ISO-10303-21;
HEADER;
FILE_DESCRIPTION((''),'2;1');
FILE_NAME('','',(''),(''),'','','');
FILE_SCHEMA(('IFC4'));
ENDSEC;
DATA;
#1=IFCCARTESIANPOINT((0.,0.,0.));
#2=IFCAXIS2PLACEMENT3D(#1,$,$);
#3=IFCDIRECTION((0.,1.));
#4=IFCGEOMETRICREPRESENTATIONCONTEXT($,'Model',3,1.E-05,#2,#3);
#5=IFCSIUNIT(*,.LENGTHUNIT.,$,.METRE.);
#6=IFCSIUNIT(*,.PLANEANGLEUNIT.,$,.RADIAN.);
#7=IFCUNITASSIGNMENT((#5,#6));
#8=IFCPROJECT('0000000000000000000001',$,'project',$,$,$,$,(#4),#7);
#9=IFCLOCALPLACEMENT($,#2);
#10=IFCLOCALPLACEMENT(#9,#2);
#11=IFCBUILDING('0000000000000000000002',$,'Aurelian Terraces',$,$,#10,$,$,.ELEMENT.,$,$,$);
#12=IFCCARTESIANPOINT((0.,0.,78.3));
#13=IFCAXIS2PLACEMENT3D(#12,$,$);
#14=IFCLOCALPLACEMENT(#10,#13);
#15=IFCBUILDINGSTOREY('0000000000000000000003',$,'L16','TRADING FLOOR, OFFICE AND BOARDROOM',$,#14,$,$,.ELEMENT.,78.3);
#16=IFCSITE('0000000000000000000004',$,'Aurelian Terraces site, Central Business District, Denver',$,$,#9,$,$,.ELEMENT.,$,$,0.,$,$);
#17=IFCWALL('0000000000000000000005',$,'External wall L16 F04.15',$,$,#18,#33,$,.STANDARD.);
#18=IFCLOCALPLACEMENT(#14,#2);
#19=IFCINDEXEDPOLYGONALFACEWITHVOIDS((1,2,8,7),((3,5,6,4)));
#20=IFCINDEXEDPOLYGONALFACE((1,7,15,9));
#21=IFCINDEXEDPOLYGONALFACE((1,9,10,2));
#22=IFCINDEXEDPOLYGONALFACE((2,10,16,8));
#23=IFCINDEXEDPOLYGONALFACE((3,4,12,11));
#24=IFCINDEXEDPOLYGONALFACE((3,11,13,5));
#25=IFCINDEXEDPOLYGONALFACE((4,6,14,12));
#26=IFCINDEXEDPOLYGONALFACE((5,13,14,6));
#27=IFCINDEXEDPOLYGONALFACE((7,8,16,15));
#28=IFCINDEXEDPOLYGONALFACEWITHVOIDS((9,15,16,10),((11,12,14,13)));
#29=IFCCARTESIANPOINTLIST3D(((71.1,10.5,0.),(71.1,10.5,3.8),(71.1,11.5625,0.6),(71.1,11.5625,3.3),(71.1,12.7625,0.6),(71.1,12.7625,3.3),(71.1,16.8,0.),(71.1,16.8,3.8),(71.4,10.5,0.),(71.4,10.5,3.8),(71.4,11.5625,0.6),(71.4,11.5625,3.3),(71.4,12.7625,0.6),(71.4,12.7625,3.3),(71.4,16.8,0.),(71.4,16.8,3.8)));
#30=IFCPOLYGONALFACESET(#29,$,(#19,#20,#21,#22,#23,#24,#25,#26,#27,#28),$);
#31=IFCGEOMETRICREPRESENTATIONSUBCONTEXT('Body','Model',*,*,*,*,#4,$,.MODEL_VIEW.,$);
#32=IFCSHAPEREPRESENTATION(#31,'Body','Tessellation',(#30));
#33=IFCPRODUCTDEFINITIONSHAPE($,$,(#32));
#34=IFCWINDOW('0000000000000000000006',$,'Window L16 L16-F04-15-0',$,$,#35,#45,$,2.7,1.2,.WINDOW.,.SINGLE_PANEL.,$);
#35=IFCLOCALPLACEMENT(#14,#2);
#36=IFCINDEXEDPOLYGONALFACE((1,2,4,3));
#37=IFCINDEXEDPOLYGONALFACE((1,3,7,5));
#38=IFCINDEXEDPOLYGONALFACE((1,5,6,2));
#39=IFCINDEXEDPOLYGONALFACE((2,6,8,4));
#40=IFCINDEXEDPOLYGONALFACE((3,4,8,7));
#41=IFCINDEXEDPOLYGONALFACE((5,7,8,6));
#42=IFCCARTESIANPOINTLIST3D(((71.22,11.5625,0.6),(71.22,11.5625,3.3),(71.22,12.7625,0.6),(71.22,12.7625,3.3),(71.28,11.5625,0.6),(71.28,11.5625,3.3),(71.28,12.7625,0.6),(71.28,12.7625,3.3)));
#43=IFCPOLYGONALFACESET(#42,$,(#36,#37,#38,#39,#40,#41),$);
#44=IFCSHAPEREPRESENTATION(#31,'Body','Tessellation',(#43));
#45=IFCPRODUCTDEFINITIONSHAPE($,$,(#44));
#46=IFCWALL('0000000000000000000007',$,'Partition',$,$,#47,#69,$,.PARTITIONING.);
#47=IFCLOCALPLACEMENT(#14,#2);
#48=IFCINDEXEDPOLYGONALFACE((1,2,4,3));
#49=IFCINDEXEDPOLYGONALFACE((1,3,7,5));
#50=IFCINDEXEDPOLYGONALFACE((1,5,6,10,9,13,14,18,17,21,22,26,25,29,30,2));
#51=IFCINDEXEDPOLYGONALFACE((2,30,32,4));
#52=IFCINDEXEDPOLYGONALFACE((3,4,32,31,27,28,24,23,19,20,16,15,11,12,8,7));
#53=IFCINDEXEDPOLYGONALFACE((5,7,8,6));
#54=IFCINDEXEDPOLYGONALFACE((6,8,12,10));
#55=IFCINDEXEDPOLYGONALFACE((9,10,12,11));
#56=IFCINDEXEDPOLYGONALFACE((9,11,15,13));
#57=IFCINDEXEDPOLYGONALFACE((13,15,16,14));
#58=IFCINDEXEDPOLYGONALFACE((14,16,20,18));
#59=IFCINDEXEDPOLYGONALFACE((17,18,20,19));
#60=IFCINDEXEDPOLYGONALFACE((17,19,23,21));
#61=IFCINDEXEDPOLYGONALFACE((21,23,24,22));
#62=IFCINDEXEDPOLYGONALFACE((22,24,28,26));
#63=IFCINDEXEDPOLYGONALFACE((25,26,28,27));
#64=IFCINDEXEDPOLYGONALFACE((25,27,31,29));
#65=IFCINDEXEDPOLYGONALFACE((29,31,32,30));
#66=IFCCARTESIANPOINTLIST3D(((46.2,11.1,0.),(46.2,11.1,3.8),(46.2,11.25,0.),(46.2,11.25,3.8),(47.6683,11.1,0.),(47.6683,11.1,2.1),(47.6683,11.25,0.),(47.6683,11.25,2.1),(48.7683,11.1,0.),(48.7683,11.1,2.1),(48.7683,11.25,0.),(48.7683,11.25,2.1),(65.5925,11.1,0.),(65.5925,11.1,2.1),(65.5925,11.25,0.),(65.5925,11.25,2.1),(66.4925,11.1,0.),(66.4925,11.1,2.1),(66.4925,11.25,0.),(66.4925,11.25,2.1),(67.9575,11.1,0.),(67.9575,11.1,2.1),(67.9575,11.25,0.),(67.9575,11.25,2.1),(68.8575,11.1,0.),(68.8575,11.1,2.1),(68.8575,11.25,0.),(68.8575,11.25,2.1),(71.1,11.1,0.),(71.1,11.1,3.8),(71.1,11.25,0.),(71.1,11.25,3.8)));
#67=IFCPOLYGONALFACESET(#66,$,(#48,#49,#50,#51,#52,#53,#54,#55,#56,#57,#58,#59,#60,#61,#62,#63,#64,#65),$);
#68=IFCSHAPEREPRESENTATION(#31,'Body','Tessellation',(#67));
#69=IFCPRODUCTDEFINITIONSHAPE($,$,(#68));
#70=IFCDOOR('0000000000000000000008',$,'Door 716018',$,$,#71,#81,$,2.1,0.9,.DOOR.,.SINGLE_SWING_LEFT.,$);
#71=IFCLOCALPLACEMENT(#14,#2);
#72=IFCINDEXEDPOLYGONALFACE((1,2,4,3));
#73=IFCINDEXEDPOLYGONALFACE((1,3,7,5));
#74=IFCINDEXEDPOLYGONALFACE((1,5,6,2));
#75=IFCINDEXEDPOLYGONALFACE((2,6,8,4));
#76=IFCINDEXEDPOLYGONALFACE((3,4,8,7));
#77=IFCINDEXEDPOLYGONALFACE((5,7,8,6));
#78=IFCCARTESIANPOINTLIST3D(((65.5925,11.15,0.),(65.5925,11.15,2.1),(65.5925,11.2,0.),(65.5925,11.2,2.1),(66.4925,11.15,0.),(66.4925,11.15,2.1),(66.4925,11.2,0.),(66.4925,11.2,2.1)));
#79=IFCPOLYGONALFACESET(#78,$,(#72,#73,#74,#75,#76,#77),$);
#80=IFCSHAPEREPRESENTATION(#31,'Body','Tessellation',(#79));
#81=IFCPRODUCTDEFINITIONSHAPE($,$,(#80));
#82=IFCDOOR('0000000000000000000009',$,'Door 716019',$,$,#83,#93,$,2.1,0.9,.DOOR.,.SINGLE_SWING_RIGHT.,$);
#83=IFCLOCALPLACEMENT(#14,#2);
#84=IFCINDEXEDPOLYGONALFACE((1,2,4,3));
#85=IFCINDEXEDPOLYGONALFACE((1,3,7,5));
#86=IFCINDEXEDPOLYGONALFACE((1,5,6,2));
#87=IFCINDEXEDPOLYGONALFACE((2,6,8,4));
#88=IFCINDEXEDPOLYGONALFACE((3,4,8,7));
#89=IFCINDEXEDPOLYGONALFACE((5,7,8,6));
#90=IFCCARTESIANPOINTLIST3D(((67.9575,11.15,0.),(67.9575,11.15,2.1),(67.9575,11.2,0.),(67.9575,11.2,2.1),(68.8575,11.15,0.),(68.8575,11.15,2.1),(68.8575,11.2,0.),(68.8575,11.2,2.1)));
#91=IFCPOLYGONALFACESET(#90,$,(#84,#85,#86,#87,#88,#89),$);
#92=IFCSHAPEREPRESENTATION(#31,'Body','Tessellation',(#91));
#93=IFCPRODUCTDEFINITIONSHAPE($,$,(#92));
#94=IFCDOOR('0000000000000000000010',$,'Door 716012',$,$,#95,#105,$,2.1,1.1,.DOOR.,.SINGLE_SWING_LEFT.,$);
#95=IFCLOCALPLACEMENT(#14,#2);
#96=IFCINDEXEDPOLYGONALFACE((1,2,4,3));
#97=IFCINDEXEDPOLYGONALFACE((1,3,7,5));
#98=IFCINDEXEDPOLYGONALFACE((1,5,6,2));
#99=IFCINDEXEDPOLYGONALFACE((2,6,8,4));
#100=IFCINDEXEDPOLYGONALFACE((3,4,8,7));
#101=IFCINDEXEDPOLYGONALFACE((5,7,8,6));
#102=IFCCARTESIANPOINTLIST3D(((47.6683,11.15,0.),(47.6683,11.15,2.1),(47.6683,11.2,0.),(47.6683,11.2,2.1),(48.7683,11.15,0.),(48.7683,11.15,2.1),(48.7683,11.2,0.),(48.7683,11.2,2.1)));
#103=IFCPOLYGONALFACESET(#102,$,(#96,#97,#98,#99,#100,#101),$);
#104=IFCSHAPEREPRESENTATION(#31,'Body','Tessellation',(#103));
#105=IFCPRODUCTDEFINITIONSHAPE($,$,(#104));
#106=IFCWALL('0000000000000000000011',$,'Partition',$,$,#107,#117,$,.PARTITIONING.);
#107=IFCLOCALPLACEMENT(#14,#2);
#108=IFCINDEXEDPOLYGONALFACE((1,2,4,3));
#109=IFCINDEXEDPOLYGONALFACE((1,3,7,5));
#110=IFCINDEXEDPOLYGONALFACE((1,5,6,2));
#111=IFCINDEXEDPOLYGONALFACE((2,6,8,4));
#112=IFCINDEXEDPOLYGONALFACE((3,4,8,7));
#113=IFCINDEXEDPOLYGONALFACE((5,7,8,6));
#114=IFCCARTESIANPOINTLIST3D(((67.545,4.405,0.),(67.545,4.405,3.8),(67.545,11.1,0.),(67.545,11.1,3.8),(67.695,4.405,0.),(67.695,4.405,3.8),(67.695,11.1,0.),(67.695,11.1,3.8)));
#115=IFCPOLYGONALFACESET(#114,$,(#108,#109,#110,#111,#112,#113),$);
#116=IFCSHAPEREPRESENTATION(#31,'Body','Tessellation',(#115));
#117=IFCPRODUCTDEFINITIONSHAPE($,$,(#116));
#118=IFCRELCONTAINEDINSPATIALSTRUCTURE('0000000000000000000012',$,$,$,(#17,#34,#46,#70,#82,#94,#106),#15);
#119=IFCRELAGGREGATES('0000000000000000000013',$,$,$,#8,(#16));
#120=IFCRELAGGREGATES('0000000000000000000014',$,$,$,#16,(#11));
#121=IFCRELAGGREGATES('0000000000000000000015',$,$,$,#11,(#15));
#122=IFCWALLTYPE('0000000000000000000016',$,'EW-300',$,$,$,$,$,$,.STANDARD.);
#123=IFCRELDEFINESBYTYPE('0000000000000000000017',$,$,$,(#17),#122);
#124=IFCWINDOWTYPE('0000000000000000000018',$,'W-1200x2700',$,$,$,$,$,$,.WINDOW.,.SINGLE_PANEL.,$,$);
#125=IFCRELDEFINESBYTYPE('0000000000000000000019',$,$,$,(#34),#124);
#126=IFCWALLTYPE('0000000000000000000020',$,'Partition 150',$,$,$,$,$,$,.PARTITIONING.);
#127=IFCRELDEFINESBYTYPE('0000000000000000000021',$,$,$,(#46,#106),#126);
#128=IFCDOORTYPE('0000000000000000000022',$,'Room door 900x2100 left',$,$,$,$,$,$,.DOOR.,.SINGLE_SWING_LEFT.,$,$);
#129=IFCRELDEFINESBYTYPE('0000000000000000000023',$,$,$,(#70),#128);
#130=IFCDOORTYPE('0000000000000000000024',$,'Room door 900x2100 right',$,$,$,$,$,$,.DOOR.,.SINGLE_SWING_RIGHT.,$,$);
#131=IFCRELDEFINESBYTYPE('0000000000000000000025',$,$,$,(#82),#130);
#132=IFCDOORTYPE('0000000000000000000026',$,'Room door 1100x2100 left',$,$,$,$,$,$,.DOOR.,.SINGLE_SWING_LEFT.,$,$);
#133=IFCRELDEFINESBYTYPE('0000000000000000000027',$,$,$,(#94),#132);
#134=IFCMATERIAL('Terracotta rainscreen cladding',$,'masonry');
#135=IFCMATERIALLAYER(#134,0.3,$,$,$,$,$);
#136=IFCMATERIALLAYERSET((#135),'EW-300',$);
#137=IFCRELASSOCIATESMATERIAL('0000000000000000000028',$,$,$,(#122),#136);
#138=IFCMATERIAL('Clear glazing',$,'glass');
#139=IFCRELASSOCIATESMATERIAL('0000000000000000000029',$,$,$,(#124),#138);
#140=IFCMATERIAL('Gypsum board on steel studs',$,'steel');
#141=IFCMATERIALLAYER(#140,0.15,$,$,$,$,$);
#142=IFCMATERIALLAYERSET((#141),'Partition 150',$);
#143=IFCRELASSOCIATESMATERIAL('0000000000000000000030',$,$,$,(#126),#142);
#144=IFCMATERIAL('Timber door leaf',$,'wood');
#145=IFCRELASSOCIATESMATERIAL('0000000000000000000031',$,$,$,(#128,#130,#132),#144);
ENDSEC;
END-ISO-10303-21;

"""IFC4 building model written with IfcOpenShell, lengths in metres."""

from ifc_helpers import new_model, si_unit, direction, frame, frame_2d, origin, place, context, subcontext, project, spatial, rectangle, extrude, source, transform, mapped, material, layer, layer_set, type_object, element, fill, save


model = new_model("IFC4")

# Units and contexts
model_context = context("Model", 3, precision=1e-05, world=origin(), true_north=direction((0.0, 1.0)))
body_context = subcontext(model_context, "Body", "Model", "MODEL_VIEW")
ifc_project = project(units=[si_unit("LENGTHUNIT", "METRE"), si_unit("PLANEANGLEUNIT", "RADIAN")], contexts=[model_context])

# Site, building, storey
site_placement = place(None, origin())
site = spatial("IfcSite", under=ifc_project, at=site_placement, Name="Aurelian Terraces site, Central Business District, Denver", CompositionType="ELEMENT", RefElevation=0.0)
building_placement = place(site_placement, origin())
building = spatial("IfcBuilding", under=site, at=building_placement, Name="Aurelian Terraces", CompositionType="ELEMENT")
storey_placement = place(building_placement, frame((0.0, 0.0, 78.3)))
storey = spatial("IfcBuildingStorey", under=building, at=storey_placement, Name="L16", Description="TRADING FLOOR, OFFICE AND BOARDROOM", CompositionType="ELEMENT", Elevation=78.3)

# Shared definitions
ifc_material_1 = material(Name="Terracotta rainscreen cladding", Category="masonry")
ifc_layer_1 = layer(ifc_material_1, 0.3)
ifc_layer_set_1 = layer_set([ifc_layer_1], Name="EW-300")
wall_type_1 = type_object("IfcWallType", Name="EW-300", PredefinedType="STANDARD", material=ifc_layer_set_1)

# Shared definitions
shared_shape_1 = source(origin(), body_context, "Body", "SweptSolid", [
    extrude(rectangle(XDim=1.2, YDim=2.7, at=frame_2d((0.6, 1.35))), frame((0.0, 0.16, 0.0), z_axis=(0.0, -1.0, 0.0), x_axis=(1.0, 0.0, 0.0)), (0.0, 0.0, 1.0), 0.32),
])
ifc_material_2 = material(Name="Clear glazing", Category="glass")
window_type_1 = type_object("IfcWindowType", Name="W-1200x2700", PartitioningType="SINGLE_PANEL", PredefinedType="WINDOW", material=ifc_material_2)
shared_shape_2 = source(origin(), body_context, "Body", "SweptSolid", [
    extrude(rectangle(XDim=1.2, YDim=2.7, at=frame_2d((0.6, 1.35))), frame((0.0, 0.03, 0.0), z_axis=(0.0, -1.0, 0.0), x_axis=(1.0, 0.0, 0.0)), (0.0, 0.0, 1.0), 0.06),
])

# Shared definitions
shared_shape_3 = source(origin(), body_context, "Body", "SweptSolid", [
    extrude(rectangle(XDim=6.3, YDim=0.3, at=frame_2d((3.15, 0.0))), origin(), (0.0, 0.0, 1.0), 3.8),
])

# Wall, opening, window
wall_1_placement = place(storey_placement, frame((71.25, 10.5, 0.0), z_axis=(0.0, 0.0, 1.0), x_axis=(0.0, 1.0, 0.0)))
wall_1 = element("IfcWall", 1, at=wall_1_placement, inside=storey, type_object=wall_type_1, Name="External wall L16 F04.15", PredefinedType="STANDARD", context=body_context, shape_type="MappedRepresentation", body=[
    mapped(shared_shape_3, transform((0.0, 0.0, 0.0), scale=1.0)),
])
opening_1_placement = place(wall_1_placement, frame((1.0625, 0.0, 0.6)))
opening_1 = element("IfcOpeningElement", 2, at=opening_1_placement, cuts=wall_1, PredefinedType="OPENING", context=body_context, shape_type="MappedRepresentation", body=[
    mapped(shared_shape_1, transform((0.0, 0.0, 0.0), scale=1.0)),
])
window_1_placement = place(opening_1_placement, origin())
window_1 = element("IfcWindow", 3, at=window_1_placement, inside=storey, type_object=window_type_1, Name="Window L16 L16-F04-15-0", OverallHeight=2.7, OverallWidth=1.2, PartitioningType="SINGLE_PANEL", PredefinedType="WINDOW", context=body_context, shape_type="MappedRepresentation", body=[
    mapped(shared_shape_2, transform((0.0, 0.0, 0.0), scale=1.0)),
])
fill(opening_1, window_1)

# Wall, openings, doors
ifc_material_3 = material(Name="Gypsum board on steel studs", Category="steel")
ifc_layer_2 = layer(ifc_material_3, 0.15)
ifc_layer_set_2 = layer_set([ifc_layer_2], Name="Partition 150")
wall_type_2 = type_object("IfcWallType", Name="Partition 150", PredefinedType="PARTITIONING", material=ifc_layer_set_2)
shared_shape_4 = source(origin(), body_context, "Body", "SweptSolid", [
    extrude(rectangle(XDim=24.9, YDim=0.15, at=frame_2d((12.45, 0.0))), origin(), (0.0, 0.0, 1.0), 3.8),
])
wall_2_placement = place(storey_placement, frame((71.1, 11.175, 0.0), z_axis=(0.0, 0.0, 1.0), x_axis=(-1.0, 0.0, 0.0)))
wall_2 = element("IfcWall", 4, at=wall_2_placement, inside=storey, type_object=wall_type_2, Name="Partition", PredefinedType="PARTITIONING", context=body_context, shape_type="MappedRepresentation", body=[
    mapped(shared_shape_4, transform((0.0, 0.0, 0.0), scale=1.0)),
])
shared_shape_5 = source(origin(), body_context, "Body", "SweptSolid", [
    extrude(rectangle(XDim=1.1, YDim=2.1, at=frame_2d((0.55, 1.05))), frame((0.0, 0.085, 0.0), z_axis=(0.0, -1.0, 0.0), x_axis=(1.0, 0.0, 0.0)), (0.0, 0.0, 1.0), 0.17),
])
opening_2_placement = place(wall_2_placement, frame((22.3317, 0.0, 0.0)))
opening_2 = element("IfcOpeningElement", 5, at=opening_2_placement, cuts=wall_2, PredefinedType="OPENING", context=body_context, shape_type="MappedRepresentation", body=[
    mapped(shared_shape_5, transform((0.0, 0.0, 0.0), scale=1.0)),
])
shared_shape_6 = source(origin(), body_context, "Body", "SweptSolid", [
    extrude(rectangle(XDim=0.9, YDim=2.1, at=frame_2d((0.45, 1.05))), frame((0.0, 0.085, 0.0), z_axis=(0.0, -1.0, 0.0), x_axis=(1.0, 0.0, 0.0)), (0.0, 0.0, 1.0), 0.17),
])
opening_3_placement = place(wall_2_placement, frame((4.6075, 0.0, 0.0)))
opening_3 = element("IfcOpeningElement", 6, at=opening_3_placement, cuts=wall_2, PredefinedType="OPENING", context=body_context, shape_type="MappedRepresentation", body=[
    mapped(shared_shape_6, transform((0.0, 0.0, 0.0), scale=1.0)),
])
opening_4_placement = place(wall_2_placement, frame((2.2425, 0.0, 0.0)))
opening_4 = element("IfcOpeningElement", 7, at=opening_4_placement, cuts=wall_2, PredefinedType="OPENING", context=body_context, shape_type="MappedRepresentation", body=[
    mapped(shared_shape_6, transform((0.0, 0.0, 0.0), scale=1.0)),
])
ifc_material_4 = material(Name="Timber door leaf", Category="wood")
door_type_1 = type_object("IfcDoorType", Name="Room door 900x2100 left", OperationType="SINGLE_SWING_LEFT", PredefinedType="DOOR", material=ifc_material_4)
shared_shape_7 = source(origin(), body_context, "Body", "SweptSolid", [
    extrude(rectangle(XDim=0.9, YDim=2.1, at=frame_2d((0.45, 1.05))), frame((0.0, 0.025, 0.0), z_axis=(0.0, -1.0, 0.0), x_axis=(1.0, 0.0, 0.0)), (0.0, 0.0, 1.0), 0.05),
])
door_1_placement = place(opening_3_placement, origin())
door_1 = element("IfcDoor", 8, at=door_1_placement, inside=storey, type_object=door_type_1, Name="Door 716018", OperationType="SINGLE_SWING_LEFT", OverallHeight=2.1, OverallWidth=0.9, PredefinedType="DOOR", context=body_context, shape_type="MappedRepresentation", body=[
    mapped(shared_shape_7, transform((0.0, 0.0, 0.0), scale=1.0)),
])
fill(opening_3, door_1)
door_type_2 = type_object("IfcDoorType", Name="Room door 900x2100 right", OperationType="SINGLE_SWING_RIGHT", PredefinedType="DOOR", material=ifc_material_4)
door_2_placement = place(opening_4_placement, origin())
door_2 = element("IfcDoor", 9, at=door_2_placement, inside=storey, type_object=door_type_2, Name="Door 716019", OperationType="SINGLE_SWING_RIGHT", OverallHeight=2.1, OverallWidth=0.9, PredefinedType="DOOR", context=body_context, shape_type="MappedRepresentation", body=[
    mapped(shared_shape_7, transform((0.0, 0.0, 0.0), scale=1.0)),
])
fill(opening_4, door_2)
door_type_3 = type_object("IfcDoorType", Name="Room door 1100x2100 left", OperationType="SINGLE_SWING_LEFT", PredefinedType="DOOR", material=ifc_material_4)
shared_shape_8 = source(origin(), body_context, "Body", "SweptSolid", [
    extrude(rectangle(XDim=1.1, YDim=2.1, at=frame_2d((0.55, 1.05))), frame((0.0, 0.025, 0.0), z_axis=(0.0, -1.0, 0.0), x_axis=(1.0, 0.0, 0.0)), (0.0, 0.0, 1.0), 0.05),
])
door_3_placement = place(opening_2_placement, origin())
door_3 = element("IfcDoor", 10, at=door_3_placement, inside=storey, type_object=door_type_3, Name="Door 716012", OperationType="SINGLE_SWING_LEFT", OverallHeight=2.1, OverallWidth=1.1, PredefinedType="DOOR", context=body_context, shape_type="MappedRepresentation", body=[
    mapped(shared_shape_8, transform((0.0, 0.0, 0.0), scale=1.0)),
])
fill(opening_2, door_3)

# Wall
shared_shape_9 = source(origin(), body_context, "Body", "SweptSolid", [
    extrude(rectangle(XDim=6.695, YDim=0.15, at=frame_2d((3.3475, 0.0))), origin(), (0.0, 0.0, 1.0), 3.8),
])
wall_3_placement = place(storey_placement, frame((67.62, 4.405, 0.0), z_axis=(0.0, 0.0, 1.0), x_axis=(0.0, 1.0, 0.0)))
element("IfcWall", 11, at=wall_3_placement, inside=storey, type_object=wall_type_2, Name="Partition", PredefinedType="PARTITIONING", context=body_context, shape_type="MappedRepresentation", body=[
    mapped(shared_shape_9, transform((0.0, 0.0, 0.0), scale=1.0)),
])

save(model, "model.ifc")
